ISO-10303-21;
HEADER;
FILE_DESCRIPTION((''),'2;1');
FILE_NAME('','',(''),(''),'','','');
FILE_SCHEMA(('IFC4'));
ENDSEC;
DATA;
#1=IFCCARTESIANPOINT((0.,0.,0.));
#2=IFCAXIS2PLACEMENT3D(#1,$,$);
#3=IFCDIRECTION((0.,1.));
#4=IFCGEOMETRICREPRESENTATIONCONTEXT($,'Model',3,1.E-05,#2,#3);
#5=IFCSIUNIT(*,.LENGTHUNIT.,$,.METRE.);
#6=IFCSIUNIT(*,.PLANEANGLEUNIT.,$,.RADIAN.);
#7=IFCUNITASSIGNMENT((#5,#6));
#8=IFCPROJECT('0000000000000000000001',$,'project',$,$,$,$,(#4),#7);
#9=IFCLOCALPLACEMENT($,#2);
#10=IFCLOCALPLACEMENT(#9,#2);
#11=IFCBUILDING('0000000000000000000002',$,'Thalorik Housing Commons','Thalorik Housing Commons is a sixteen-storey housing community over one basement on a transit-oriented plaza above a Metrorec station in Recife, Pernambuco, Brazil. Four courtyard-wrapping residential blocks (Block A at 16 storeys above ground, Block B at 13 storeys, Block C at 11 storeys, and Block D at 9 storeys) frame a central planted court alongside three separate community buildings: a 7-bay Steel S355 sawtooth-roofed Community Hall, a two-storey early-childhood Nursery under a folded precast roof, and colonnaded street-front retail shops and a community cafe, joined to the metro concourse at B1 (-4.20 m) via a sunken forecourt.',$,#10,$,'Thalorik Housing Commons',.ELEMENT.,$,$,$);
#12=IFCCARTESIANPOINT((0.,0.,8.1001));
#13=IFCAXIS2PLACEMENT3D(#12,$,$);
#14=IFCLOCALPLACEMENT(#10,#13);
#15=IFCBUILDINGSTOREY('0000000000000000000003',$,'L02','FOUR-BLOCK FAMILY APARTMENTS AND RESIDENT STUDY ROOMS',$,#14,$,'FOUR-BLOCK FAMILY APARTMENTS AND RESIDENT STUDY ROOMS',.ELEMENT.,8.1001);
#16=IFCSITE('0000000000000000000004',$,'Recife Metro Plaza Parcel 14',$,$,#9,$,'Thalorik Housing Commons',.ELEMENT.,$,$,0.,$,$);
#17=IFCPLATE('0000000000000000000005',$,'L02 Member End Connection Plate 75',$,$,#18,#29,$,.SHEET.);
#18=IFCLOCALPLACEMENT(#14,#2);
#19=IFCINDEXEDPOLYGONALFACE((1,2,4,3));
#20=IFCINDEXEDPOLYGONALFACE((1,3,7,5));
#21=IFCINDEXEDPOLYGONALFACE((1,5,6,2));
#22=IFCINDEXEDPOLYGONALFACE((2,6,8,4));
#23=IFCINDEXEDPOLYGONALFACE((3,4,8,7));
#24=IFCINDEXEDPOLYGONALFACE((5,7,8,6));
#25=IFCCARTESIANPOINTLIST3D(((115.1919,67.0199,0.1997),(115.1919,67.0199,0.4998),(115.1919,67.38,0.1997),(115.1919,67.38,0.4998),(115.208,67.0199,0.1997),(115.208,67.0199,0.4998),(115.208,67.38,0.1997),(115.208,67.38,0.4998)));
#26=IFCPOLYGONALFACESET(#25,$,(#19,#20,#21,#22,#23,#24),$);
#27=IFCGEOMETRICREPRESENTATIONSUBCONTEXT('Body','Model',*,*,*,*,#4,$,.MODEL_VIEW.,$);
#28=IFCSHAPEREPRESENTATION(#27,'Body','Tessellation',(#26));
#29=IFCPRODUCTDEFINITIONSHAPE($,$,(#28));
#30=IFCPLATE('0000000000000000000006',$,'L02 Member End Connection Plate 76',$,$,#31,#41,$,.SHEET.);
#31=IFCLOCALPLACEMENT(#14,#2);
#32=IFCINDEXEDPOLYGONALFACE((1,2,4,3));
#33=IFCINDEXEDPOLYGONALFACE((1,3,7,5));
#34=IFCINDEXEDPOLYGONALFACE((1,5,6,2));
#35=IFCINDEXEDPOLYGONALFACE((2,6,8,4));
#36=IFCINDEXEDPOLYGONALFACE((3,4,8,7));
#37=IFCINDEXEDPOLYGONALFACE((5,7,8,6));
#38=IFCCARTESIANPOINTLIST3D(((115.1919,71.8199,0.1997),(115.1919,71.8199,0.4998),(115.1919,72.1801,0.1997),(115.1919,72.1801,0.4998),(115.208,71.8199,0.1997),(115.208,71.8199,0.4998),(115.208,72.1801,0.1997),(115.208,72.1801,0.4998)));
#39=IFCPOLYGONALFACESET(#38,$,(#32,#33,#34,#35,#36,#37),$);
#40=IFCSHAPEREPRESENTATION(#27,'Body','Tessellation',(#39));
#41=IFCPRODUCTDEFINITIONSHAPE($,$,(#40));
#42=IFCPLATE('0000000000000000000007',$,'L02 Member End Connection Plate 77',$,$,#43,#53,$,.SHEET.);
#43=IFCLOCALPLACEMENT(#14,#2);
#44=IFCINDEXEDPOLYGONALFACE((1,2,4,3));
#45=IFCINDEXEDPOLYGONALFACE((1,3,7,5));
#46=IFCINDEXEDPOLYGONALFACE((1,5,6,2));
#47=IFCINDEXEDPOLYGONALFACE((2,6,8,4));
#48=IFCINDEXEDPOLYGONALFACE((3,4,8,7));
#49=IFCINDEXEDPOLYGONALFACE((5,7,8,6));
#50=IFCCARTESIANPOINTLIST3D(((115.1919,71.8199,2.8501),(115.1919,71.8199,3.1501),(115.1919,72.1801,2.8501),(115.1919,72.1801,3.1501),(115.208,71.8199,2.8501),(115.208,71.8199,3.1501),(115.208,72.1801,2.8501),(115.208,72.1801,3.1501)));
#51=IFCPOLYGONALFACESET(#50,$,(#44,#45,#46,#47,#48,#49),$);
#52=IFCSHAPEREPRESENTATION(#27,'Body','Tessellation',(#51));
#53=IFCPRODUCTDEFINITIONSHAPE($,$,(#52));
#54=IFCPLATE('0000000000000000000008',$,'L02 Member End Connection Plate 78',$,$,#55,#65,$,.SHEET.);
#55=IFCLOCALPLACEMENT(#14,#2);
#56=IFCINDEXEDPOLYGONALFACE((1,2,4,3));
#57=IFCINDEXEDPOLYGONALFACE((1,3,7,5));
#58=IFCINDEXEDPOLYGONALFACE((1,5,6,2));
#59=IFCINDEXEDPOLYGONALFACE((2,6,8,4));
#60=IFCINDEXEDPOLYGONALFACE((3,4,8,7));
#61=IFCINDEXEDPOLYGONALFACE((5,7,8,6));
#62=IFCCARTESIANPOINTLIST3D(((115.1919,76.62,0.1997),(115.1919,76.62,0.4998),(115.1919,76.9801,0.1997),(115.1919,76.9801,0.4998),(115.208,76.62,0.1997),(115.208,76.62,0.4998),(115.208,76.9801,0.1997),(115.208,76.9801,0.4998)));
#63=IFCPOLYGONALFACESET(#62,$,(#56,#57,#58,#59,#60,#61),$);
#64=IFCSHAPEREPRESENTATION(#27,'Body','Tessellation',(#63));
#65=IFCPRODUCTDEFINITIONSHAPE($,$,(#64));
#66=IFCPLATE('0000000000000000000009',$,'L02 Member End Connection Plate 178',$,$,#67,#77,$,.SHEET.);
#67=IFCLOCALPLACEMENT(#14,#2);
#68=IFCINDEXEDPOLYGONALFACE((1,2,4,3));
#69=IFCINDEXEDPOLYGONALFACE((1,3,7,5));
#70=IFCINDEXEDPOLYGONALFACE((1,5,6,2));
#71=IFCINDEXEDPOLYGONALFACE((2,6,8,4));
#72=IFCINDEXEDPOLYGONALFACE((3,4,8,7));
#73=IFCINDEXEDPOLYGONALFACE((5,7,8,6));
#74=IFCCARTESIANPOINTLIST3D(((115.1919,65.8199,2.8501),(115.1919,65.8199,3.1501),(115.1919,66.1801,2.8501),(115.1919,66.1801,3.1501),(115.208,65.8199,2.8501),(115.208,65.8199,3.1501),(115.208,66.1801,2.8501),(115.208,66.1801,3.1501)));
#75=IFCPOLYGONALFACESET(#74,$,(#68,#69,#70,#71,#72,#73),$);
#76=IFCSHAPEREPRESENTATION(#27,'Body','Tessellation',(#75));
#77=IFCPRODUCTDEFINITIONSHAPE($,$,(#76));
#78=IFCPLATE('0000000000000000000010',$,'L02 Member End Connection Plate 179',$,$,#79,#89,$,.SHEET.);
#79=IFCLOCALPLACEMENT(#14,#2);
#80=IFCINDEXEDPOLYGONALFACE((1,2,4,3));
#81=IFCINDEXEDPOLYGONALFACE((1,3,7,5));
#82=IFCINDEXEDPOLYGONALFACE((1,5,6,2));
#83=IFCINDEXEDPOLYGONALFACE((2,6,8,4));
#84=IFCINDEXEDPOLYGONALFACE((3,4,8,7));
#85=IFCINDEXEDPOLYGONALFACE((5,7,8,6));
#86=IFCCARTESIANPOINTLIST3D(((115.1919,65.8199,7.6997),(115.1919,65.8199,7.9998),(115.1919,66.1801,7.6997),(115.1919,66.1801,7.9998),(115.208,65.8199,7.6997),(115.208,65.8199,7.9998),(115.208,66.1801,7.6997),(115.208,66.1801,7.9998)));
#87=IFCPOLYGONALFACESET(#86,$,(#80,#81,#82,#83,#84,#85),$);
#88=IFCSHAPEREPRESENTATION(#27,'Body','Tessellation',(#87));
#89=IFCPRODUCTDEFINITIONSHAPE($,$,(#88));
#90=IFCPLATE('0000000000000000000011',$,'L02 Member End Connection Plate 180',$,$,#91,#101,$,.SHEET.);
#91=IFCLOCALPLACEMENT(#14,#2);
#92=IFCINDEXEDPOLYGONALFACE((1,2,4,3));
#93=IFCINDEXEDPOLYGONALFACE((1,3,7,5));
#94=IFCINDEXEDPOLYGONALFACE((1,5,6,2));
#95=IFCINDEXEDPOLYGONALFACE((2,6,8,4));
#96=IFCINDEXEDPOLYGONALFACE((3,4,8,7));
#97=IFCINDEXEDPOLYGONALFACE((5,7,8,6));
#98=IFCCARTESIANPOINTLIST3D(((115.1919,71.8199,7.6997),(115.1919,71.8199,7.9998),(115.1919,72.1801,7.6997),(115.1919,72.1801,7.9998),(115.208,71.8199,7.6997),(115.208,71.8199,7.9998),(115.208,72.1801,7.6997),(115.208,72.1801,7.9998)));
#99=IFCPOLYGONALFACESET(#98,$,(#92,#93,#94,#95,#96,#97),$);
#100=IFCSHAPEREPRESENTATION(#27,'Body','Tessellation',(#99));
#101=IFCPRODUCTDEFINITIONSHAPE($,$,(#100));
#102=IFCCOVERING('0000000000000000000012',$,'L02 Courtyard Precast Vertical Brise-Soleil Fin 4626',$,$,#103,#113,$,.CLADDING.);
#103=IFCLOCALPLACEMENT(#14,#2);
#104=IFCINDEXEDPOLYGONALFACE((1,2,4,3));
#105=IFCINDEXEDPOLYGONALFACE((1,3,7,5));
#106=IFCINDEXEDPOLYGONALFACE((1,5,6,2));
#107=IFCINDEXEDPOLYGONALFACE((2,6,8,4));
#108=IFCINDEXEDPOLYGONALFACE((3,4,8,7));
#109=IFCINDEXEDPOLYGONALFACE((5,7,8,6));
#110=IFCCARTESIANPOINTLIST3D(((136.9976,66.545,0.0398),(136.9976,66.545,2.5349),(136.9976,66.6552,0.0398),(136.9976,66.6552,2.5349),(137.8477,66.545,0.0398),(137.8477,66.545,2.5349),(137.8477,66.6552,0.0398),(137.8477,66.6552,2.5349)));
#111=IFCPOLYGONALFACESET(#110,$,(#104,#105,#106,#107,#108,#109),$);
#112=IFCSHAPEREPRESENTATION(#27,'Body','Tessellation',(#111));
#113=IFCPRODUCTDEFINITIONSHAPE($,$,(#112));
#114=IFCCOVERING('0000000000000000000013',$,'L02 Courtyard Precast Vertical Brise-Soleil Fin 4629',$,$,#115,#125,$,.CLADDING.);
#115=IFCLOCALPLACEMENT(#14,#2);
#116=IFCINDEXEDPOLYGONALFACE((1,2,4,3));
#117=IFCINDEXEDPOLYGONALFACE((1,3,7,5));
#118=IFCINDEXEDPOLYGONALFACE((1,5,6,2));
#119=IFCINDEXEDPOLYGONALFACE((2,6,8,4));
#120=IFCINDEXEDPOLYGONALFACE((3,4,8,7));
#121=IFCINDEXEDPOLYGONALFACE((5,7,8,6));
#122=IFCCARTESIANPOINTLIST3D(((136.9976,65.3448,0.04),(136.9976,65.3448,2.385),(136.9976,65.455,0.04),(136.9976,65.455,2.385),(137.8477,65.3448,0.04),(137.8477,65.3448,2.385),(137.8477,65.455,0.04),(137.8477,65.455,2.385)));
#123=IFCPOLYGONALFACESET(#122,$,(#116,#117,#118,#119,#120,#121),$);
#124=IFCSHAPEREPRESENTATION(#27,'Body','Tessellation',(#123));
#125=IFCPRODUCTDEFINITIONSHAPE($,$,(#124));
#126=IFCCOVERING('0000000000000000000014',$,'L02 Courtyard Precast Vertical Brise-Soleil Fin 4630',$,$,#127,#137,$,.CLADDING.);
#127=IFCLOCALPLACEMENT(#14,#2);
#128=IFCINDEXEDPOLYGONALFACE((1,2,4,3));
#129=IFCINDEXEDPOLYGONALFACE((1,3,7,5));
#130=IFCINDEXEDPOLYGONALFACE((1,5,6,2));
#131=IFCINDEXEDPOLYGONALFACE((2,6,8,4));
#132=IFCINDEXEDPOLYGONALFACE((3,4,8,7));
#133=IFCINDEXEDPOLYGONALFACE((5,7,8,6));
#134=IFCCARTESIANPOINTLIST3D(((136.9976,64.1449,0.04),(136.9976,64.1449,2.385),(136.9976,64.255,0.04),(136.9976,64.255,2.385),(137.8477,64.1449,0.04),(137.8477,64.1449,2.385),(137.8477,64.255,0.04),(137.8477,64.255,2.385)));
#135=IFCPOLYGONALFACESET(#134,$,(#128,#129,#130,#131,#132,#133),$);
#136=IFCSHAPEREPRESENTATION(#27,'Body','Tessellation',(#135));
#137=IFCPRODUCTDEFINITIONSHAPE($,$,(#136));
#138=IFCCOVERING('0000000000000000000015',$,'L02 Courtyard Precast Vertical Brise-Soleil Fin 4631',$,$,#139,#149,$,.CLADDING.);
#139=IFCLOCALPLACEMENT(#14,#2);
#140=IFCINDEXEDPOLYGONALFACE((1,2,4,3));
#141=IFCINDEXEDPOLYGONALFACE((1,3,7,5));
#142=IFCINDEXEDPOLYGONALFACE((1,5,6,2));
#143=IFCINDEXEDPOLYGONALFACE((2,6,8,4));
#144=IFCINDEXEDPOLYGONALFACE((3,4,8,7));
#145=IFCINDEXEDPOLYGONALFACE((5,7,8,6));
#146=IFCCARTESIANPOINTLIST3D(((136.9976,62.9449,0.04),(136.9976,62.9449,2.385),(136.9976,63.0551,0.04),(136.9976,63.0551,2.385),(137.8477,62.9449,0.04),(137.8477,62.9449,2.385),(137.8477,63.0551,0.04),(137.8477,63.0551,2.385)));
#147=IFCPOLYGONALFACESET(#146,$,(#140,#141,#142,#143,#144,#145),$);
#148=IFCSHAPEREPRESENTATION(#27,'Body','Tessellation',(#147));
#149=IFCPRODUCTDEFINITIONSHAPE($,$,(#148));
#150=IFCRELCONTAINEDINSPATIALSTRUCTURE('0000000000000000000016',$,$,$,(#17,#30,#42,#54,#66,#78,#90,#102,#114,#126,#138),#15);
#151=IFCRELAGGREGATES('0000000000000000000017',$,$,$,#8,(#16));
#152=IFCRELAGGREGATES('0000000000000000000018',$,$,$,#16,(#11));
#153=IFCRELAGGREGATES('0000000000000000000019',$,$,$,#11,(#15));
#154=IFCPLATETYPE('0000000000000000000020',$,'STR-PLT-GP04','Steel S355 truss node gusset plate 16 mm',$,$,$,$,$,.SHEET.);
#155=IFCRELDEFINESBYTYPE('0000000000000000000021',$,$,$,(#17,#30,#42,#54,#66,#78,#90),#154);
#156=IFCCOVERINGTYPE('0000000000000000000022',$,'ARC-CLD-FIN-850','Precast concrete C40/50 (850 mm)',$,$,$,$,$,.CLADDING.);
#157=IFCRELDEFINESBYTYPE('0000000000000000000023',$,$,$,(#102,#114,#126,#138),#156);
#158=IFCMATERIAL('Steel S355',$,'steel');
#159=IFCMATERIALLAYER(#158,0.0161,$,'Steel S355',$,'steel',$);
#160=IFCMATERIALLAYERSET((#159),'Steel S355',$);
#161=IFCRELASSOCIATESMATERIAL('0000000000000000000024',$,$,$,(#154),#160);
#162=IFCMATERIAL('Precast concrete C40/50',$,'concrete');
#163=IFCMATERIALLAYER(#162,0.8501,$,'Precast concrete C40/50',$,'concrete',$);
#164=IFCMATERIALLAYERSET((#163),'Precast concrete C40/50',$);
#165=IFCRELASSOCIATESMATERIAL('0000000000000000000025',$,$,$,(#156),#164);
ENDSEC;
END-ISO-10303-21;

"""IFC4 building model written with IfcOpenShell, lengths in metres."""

from ifc_helpers import new_model, si_unit, direction, frame, origin, origin_2d, place, context, subcontext, project, spatial, rectangle, extrude, material, layer, layer_set, type_object, element, save


model = new_model("IFC4")

# Units and contexts
model_context = context("Model", 3, precision=1e-05, world=origin(), true_north=direction((0.0, 1.0)))
body_context = subcontext(model_context, "Body", "Model", "MODEL_VIEW")
ifc_project = project(units=[si_unit("LENGTHUNIT", "METRE"), si_unit("PLANEANGLEUNIT", "RADIAN")], contexts=[model_context])

# Site, building, storey
site_placement = place(None, origin())
site = spatial("IfcSite", under=ifc_project, at=site_placement, Name="Recife Metro Plaza Parcel 14", LongName="Thalorik Housing Commons", CompositionType="ELEMENT", RefElevation=0.0)
building_placement = place(site_placement, origin())
building = spatial("IfcBuilding", under=site, at=building_placement, Name="Thalorik Housing Commons", Description="Thalorik Housing Commons is a sixteen-storey housing community over one basement on a transit-oriented plaza above a Metrorec station in Recife, Pernambuco, Brazil. Four courtyard-wrapping residential blocks (Block A at 16 storeys above ground, Block B at 13 storeys, Block C at 11 storeys, and Block D at 9 storeys) frame a central planted court alongside three separate community buildings: a 7-bay Steel S355 sawtooth-roofed Community Hall, a two-storey early-childhood Nursery under a folded precast roof, and colonnaded street-front retail shops and a community cafe, joined to the metro concourse at B1 (-4.20 m) via a sunken forecourt.", LongName="Thalorik Housing Commons", CompositionType="ELEMENT")
storey_placement = place(building_placement, frame((0.0, 0.0, 8.1001)))
storey = spatial("IfcBuildingStorey", under=building, at=storey_placement, Name="L02", Description="FOUR-BLOCK FAMILY APARTMENTS AND RESIDENT STUDY ROOMS", LongName="FOUR-BLOCK FAMILY APARTMENTS AND RESIDENT STUDY ROOMS", CompositionType="ELEMENT", Elevation=8.1001)

# Shared definitions
ifc_material_1 = material(Name="Steel S355", Category="steel")

# Plates
ifc_layer_1 = layer(ifc_material_1, 0.0161, Name="Steel S355", Category="steel")
ifc_layer_set_1 = layer_set([ifc_layer_1], Name="Steel S355")
plate_type_1 = type_object("IfcPlateType", Name="STR-PLT-GP04", Description="Steel S355 truss node gusset plate 16 mm", PredefinedType="SHEET", material=ifc_layer_set_1)
for number, where, z_axis, x_axis, name in (
    (1, (115.2, 67.2, 0.1997), (0.0, 0.0, 1.0), (1.0, 0.0, 0.0), "L02 Member End Connection Plate 75"),
    (2, (115.2, 72.0, 0.1997), (0.0, 0.0, 1.0), (1.0, 0.0, 0.0), "L02 Member End Connection Plate 76"),
    (3, (115.2, 72.0, 2.8501), (0.0, 0.0, 1.0), (1.0, 0.0, 0.0), "L02 Member End Connection Plate 77"),
    (4, (115.2, 76.8, 0.1997), (0.0, 0.0, 1.0), (1.0, 0.0, 0.0), "L02 Member End Connection Plate 78"),
    (5, (115.2, 66.0, 2.8501), (0.0, 0.0, 1.0), (1.0, 0.0, 0.0), "L02 Member End Connection Plate 178"),
    (6, (115.2, 66.0, 7.6997), (0.0, 0.0, 1.0), (1.0, 0.0, 0.0), "L02 Member End Connection Plate 179"),
    (7, (115.2, 72.0, 7.6997), (0.0, 0.0, 1.0), (1.0, 0.0, 0.0), "L02 Member End Connection Plate 180"),
):
    element("IfcPlate", number, at=place(storey_placement, frame(where, z_axis=z_axis, x_axis=x_axis)), inside=storey, type_object=plate_type_1, Name=name, PredefinedType="SHEET", context=body_context, shape_type="SweptSolid", body=[
        extrude(rectangle(XDim=0.0161, YDim=0.3601, at=origin_2d()), origin(), (0.0, 0.0, 1.0), 0.3),
    ])

# Coverings
ifc_material_2 = material(Name="Precast concrete C40/50", Category="concrete")
ifc_layer_2 = layer(ifc_material_2, 0.8501, Name="Precast concrete C40/50", Category="concrete")
ifc_layer_set_2 = layer_set([ifc_layer_2], Name="Precast concrete C40/50")
covering_type = type_object("IfcCoveringType", Name="ARC-CLD-FIN-850", Description="Precast concrete C40/50 (850 mm)", PredefinedType="CLADDING", material=ifc_layer_set_2)
covering_placement = place(storey_placement, frame((137.4226, 66.6001, 0.0398), z_axis=(0.0, 0.0, 1.0), x_axis=(0.0, -1.0, 0.0)))
element("IfcCovering", 8, at=covering_placement, inside=storey, type_object=covering_type, Name="L02 Courtyard Precast Vertical Brise-Soleil Fin 4626", PredefinedType="CLADDING", context=body_context, shape_type="SweptSolid", body=[
    extrude(rectangle(XDim=0.1101, YDim=0.8501, at=origin_2d()), origin(), (0.0, 0.0, 1.0), 2.4951),
])
for number, where, z_axis, x_axis, name in (
    (9, (137.4226, 65.3999, 0.04), (0.0, 0.0, 1.0), (0.0, -1.0, 0.0), "L02 Courtyard Precast Vertical Brise-Soleil Fin 4629"),
    (10, (137.4226, 64.2, 0.04), (0.0, 0.0, 1.0), (0.0, -1.0, 0.0), "L02 Courtyard Precast Vertical Brise-Soleil Fin 4630"),
    (11, (137.4226, 63.0, 0.04), (0.0, 0.0, 1.0), (0.0, -1.0, 0.0), "L02 Courtyard Precast Vertical Brise-Soleil Fin 4631"),
):
    element("IfcCovering", number, at=place(storey_placement, frame(where, z_axis=z_axis, x_axis=x_axis)), inside=storey, type_object=covering_type, Name=name, PredefinedType="CLADDING", context=body_context, shape_type="SweptSolid", body=[
        extrude(rectangle(XDim=0.1101, YDim=0.8501, at=origin_2d()), origin(), (0.0, 0.0, 1.0), 2.345),
    ])

save(model, "model.ifc")
